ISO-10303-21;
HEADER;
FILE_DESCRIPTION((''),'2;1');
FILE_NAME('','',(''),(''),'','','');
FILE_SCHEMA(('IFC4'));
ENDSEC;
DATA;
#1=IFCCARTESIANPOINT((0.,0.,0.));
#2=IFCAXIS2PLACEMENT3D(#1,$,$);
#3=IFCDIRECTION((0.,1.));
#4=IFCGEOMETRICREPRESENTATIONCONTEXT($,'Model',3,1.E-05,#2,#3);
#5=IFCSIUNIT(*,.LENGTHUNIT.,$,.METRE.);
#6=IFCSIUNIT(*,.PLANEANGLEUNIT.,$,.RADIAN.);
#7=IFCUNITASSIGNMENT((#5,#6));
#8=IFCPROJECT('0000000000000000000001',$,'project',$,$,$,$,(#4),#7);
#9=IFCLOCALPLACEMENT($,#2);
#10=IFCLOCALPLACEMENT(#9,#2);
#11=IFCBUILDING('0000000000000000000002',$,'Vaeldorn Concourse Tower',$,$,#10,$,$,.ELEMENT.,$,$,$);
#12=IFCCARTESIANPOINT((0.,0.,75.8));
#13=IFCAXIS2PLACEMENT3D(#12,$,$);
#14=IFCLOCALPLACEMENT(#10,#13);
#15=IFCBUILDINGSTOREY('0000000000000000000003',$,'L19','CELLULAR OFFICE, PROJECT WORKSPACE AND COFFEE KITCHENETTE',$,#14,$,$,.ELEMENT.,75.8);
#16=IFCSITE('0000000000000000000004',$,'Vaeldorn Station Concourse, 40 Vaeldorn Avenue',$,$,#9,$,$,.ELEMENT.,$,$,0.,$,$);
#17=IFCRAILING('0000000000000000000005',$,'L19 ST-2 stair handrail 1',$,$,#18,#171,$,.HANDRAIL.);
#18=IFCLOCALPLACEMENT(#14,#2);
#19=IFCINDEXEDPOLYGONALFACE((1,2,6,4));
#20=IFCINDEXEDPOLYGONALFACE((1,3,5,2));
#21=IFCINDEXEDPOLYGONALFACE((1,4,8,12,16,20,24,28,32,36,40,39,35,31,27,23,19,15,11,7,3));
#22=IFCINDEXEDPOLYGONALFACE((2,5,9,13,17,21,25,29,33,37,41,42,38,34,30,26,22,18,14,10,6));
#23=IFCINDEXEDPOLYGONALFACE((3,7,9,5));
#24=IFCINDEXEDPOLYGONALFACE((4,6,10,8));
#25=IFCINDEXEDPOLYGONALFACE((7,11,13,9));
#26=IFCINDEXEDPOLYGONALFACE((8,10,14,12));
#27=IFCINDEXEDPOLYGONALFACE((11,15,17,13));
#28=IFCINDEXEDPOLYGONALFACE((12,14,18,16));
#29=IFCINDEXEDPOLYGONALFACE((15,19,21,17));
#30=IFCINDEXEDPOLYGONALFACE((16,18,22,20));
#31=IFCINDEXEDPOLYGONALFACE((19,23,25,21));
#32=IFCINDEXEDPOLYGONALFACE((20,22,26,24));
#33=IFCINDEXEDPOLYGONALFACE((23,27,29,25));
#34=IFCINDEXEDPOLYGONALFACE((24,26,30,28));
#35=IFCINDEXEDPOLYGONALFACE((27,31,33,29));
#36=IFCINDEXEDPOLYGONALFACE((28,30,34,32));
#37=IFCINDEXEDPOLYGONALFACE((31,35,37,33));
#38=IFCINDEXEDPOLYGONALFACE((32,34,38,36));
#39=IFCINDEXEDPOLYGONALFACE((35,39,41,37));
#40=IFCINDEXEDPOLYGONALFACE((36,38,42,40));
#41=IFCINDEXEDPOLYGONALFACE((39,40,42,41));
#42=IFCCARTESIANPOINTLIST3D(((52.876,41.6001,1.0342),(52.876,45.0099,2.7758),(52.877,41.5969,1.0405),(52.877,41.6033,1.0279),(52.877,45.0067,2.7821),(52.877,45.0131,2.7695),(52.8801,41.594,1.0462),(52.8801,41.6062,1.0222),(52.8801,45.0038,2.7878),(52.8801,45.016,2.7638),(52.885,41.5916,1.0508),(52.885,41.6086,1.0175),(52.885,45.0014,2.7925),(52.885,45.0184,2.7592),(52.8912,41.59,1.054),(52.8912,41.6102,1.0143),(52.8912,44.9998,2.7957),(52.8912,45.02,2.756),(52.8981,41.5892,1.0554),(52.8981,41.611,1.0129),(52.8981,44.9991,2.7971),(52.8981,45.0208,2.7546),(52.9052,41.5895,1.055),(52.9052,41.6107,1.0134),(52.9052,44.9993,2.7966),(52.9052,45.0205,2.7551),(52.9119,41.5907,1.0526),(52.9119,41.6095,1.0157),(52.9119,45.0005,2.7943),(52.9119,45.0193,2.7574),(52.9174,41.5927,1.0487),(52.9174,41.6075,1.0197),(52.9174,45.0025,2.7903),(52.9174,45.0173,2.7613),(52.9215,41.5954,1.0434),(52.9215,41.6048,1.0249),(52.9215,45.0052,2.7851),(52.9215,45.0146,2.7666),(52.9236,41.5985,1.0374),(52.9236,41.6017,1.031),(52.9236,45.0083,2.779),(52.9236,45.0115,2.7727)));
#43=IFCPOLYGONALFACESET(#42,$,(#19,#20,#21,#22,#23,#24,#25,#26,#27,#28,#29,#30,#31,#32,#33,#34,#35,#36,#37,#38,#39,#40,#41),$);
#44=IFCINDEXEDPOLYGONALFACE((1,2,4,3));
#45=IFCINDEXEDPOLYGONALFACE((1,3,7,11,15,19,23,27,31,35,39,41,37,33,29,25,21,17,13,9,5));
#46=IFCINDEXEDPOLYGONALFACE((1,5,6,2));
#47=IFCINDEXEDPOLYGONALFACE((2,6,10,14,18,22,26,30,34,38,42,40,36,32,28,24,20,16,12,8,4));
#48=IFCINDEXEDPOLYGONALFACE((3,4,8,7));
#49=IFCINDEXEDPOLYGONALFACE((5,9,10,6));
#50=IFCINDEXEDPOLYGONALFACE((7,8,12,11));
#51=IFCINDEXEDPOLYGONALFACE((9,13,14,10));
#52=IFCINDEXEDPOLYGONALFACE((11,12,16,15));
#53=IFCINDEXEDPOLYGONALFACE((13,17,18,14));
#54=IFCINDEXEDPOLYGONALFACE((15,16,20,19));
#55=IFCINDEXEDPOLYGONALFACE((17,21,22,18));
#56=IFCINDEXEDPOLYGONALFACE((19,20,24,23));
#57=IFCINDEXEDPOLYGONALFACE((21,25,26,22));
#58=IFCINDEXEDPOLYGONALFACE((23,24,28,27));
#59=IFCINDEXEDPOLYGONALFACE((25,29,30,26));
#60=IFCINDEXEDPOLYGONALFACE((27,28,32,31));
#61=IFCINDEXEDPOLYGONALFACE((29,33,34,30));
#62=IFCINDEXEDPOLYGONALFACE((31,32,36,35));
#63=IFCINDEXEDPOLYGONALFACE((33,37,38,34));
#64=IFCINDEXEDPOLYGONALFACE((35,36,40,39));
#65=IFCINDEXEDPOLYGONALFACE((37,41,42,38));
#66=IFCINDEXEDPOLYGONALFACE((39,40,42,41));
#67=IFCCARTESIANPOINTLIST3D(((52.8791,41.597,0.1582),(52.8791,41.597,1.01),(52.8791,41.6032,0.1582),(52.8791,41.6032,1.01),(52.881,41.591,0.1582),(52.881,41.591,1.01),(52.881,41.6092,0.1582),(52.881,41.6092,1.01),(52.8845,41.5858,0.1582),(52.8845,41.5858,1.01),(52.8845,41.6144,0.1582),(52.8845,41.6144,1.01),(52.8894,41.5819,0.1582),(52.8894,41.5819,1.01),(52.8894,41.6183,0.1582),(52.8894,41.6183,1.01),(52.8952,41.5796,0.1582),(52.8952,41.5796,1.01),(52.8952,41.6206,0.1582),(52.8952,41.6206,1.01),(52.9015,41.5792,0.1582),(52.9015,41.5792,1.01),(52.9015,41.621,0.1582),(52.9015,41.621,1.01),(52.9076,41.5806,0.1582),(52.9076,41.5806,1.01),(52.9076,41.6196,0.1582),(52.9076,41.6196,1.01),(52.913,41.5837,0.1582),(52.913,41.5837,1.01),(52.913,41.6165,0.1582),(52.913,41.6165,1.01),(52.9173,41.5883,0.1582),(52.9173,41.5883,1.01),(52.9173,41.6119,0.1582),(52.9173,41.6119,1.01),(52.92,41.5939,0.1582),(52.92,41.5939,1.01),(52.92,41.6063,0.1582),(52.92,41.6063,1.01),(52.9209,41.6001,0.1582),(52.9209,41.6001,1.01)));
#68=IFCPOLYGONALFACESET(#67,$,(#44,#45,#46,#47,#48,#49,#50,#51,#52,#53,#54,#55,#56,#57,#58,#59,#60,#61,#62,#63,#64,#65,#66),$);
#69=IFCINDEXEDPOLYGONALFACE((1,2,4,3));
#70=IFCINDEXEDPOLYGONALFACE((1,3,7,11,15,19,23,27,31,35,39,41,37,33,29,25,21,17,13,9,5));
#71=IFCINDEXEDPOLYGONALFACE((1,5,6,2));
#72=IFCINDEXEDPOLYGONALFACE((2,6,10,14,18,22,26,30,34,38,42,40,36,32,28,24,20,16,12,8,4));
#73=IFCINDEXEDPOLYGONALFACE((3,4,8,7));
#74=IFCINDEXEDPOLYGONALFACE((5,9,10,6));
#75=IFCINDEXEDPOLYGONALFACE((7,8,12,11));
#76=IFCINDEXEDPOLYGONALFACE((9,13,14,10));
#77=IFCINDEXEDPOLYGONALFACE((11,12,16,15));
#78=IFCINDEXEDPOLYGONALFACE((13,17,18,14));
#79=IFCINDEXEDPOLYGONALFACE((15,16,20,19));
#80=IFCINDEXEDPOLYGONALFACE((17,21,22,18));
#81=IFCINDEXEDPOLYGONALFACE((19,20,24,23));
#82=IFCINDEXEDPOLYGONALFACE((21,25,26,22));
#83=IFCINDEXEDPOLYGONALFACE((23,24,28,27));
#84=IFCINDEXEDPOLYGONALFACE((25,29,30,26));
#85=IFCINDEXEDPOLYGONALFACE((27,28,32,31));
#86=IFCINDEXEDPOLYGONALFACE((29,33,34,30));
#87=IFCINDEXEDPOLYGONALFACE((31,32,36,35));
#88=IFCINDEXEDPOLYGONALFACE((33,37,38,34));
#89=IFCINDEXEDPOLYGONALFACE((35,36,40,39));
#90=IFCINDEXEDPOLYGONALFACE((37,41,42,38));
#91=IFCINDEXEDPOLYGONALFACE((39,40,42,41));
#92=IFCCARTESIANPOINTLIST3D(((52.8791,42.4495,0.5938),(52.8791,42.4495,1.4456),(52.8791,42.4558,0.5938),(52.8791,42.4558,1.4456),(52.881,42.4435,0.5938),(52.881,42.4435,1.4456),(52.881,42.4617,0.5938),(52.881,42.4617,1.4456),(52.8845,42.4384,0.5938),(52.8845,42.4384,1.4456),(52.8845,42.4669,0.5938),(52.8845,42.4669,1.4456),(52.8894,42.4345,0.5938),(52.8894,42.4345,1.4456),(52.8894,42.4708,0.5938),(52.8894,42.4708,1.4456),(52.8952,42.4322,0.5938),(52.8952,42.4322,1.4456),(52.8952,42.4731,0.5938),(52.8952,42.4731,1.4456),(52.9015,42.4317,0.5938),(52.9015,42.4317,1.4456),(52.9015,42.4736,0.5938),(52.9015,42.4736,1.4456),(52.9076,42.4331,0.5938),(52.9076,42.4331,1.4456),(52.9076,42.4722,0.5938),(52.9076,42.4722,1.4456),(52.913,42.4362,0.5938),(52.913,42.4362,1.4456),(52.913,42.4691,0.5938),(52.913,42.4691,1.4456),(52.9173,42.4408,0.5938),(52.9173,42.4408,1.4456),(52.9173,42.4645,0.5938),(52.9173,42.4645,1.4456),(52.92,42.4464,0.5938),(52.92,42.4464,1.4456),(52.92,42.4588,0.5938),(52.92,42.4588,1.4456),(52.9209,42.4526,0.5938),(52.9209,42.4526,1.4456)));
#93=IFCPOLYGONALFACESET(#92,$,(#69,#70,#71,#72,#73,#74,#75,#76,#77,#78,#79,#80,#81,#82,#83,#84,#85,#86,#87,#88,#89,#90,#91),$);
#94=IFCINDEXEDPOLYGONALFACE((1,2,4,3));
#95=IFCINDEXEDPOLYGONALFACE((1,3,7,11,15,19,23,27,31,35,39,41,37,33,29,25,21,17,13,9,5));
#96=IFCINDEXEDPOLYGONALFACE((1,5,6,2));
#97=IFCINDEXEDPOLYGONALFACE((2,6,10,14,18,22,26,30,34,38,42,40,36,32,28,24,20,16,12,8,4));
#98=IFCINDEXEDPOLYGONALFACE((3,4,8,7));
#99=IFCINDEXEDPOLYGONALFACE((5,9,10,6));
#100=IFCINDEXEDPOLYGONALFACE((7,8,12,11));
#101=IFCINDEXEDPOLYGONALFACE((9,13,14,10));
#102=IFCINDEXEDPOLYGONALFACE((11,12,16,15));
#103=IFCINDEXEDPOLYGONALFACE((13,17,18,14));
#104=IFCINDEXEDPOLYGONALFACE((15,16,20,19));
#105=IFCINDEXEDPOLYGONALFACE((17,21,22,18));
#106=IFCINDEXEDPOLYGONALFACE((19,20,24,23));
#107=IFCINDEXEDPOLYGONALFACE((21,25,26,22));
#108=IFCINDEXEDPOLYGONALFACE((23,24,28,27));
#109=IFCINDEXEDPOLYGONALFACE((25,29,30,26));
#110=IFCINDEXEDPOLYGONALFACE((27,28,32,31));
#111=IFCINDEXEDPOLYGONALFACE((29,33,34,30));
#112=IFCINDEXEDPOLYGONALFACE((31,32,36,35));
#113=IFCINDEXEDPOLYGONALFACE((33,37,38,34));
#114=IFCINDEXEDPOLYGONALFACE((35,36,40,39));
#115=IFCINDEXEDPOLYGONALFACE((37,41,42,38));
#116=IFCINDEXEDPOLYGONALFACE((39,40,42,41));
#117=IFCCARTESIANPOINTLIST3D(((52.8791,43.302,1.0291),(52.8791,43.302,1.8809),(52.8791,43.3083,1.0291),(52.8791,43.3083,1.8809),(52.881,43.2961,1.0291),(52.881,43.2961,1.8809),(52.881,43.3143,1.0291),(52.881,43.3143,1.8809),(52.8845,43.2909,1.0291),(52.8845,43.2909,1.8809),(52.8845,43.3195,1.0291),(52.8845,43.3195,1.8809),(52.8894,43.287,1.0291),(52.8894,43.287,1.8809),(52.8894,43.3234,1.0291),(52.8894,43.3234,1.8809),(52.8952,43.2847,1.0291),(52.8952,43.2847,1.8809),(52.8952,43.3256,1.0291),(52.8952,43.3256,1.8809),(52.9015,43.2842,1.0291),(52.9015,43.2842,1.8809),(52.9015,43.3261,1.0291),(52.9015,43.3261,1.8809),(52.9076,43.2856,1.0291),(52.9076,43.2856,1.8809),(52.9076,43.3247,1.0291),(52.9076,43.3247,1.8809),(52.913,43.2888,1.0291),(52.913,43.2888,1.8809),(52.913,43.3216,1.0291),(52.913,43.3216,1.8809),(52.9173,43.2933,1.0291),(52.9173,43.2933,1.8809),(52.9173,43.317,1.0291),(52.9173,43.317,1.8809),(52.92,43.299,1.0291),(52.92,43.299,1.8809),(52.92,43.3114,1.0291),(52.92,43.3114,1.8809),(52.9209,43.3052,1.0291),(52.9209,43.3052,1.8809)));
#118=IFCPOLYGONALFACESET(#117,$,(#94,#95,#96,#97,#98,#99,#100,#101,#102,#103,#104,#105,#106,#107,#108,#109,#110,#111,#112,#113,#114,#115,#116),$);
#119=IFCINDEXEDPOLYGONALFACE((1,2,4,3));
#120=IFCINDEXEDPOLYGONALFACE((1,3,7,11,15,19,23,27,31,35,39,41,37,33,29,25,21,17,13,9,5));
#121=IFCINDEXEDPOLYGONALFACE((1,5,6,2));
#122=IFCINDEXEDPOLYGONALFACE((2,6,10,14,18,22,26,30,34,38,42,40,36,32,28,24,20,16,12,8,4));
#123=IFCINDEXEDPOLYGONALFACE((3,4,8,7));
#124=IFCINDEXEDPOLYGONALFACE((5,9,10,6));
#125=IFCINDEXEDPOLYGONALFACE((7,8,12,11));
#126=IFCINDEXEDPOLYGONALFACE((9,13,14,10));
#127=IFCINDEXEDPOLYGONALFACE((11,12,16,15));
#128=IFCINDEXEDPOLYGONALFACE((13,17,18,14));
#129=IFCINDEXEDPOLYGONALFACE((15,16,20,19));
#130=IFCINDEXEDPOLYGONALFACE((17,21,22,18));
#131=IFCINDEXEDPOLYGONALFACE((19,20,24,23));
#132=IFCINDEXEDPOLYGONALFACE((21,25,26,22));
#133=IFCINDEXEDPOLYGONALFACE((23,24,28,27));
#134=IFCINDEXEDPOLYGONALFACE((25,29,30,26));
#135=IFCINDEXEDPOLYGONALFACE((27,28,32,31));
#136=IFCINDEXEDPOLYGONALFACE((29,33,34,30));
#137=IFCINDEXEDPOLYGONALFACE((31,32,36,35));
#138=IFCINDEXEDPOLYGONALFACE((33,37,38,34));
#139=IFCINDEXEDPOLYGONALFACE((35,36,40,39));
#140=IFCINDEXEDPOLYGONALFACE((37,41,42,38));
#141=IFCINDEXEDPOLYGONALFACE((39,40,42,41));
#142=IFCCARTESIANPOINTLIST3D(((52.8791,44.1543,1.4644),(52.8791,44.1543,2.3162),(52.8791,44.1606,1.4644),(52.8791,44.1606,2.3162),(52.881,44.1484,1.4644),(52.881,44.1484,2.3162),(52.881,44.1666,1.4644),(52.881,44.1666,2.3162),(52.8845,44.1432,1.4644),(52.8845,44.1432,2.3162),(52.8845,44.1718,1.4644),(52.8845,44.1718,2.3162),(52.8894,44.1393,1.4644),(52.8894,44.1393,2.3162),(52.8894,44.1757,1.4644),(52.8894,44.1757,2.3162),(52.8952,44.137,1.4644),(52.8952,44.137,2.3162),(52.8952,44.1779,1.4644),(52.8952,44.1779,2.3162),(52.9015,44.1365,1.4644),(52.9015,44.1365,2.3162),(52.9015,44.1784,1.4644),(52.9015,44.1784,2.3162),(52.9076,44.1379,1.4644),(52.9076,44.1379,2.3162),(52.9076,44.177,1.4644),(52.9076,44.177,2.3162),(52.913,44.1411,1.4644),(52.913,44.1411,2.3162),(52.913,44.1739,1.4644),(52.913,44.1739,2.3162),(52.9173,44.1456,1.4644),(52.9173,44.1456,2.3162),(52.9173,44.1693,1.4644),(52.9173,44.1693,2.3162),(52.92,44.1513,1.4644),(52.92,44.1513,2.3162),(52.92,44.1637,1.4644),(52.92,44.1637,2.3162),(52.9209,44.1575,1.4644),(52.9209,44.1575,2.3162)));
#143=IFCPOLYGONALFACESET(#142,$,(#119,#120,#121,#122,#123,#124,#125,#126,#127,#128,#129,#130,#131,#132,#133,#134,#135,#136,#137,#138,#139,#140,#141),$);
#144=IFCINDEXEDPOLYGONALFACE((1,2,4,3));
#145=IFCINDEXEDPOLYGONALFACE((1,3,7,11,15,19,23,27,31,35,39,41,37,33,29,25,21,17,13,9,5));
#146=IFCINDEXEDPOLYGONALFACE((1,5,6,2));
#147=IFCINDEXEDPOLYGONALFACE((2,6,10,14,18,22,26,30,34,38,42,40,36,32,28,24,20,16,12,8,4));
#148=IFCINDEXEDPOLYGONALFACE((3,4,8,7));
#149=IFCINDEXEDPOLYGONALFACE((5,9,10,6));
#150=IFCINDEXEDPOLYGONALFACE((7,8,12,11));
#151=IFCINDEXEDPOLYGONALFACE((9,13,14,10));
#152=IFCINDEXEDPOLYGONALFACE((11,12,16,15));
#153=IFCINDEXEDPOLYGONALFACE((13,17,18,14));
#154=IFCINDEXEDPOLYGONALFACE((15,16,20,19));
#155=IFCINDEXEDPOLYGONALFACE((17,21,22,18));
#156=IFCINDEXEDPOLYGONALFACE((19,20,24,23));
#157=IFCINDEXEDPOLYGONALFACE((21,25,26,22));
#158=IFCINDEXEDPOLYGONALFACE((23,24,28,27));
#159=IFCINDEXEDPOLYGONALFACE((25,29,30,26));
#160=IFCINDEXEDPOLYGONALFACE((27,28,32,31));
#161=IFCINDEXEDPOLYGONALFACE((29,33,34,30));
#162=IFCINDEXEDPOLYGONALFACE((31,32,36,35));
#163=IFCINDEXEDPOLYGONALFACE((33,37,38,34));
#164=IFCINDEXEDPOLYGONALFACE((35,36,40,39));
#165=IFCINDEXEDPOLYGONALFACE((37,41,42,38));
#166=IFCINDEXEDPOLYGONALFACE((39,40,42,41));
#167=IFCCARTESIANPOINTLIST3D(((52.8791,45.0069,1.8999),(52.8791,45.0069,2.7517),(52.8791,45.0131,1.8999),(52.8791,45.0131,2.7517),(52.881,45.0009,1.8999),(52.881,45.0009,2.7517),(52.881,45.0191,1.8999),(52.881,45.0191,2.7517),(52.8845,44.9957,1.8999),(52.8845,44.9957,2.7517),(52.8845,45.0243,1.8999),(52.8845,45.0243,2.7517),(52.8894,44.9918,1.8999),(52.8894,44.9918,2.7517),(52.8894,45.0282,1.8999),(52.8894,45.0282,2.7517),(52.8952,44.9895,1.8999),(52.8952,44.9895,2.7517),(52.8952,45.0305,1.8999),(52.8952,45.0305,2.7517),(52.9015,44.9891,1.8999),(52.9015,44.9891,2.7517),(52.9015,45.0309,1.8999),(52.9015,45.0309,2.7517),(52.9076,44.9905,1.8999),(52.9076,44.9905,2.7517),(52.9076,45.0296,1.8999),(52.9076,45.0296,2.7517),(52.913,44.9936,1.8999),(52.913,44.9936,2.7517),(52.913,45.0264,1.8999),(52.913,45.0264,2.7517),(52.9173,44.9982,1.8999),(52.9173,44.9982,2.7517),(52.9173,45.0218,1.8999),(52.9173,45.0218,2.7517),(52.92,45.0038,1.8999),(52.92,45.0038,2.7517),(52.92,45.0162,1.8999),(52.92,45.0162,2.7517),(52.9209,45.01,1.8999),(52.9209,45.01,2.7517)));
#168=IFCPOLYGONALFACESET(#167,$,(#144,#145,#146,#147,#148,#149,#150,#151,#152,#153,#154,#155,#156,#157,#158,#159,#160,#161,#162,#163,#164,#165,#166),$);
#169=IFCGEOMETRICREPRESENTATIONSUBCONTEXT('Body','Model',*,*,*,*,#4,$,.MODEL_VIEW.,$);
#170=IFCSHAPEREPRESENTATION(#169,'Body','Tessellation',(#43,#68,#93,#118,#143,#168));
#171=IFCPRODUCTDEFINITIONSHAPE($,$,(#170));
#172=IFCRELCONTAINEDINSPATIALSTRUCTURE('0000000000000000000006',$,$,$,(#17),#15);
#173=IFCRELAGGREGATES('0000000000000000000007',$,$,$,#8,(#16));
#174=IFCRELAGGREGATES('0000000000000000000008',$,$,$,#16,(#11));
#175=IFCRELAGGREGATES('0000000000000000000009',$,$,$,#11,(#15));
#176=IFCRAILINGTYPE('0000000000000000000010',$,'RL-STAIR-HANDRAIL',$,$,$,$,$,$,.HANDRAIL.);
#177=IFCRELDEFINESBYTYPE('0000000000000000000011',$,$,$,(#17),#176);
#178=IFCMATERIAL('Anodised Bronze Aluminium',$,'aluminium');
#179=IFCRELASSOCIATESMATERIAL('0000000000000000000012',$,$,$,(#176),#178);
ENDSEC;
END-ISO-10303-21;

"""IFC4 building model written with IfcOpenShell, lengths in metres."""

from ifc_helpers import new_model, si_unit, direction, frame, origin, origin_2d, place, context, subcontext, project, spatial, circle, extrude, material, type_object, element, save


model = new_model("IFC4")

# Units and contexts
model_context = context("Model", 3, precision=1e-05, world=origin(), true_north=direction((0.0, 1.0)))
body_context = subcontext(model_context, "Body", "Model", "MODEL_VIEW")
ifc_project = project(units=[si_unit("LENGTHUNIT", "METRE"), si_unit("PLANEANGLEUNIT", "RADIAN")], contexts=[model_context])

# Site, building, storey
site_placement = place(None, origin())
site = spatial("IfcSite", under=ifc_project, at=site_placement, Name="Vaeldorn Station Concourse, 40 Vaeldorn Avenue", CompositionType="ELEMENT", RefElevation=0.0)
building_placement = place(site_placement, origin())
building = spatial("IfcBuilding", under=site, at=building_placement, Name="Vaeldorn Concourse Tower", CompositionType="ELEMENT")
storey_placement = place(building_placement, frame((0.0, 0.0, 75.8)))
storey = spatial("IfcBuildingStorey", under=building, at=storey_placement, Name="L19", Description="CELLULAR OFFICE, PROJECT WORKSPACE AND COFFEE KITCHENETTE", CompositionType="ELEMENT", Elevation=75.8)

# Shared definitions
ifc_material_1 = material(Name="Anodised Bronze Aluminium", Category="aluminium")

# Railing
railing_type_1 = type_object("IfcRailingType", Name="RL-STAIR-HANDRAIL", PredefinedType="HANDRAIL", material=ifc_material_1)
railing_1_placement = place(storey_placement, frame((52.8999, 41.6001, 0.1582)))
element("IfcRailing", 1, at=railing_1_placement, inside=storey, type_object=railing_type_1, Name="L19 ST-2 stair handrail 1", PredefinedType="HANDRAIL", context=body_context, shape_type="SweptSolid", body=[
    extrude(circle(Radius=0.0239, at=origin_2d()), frame((0.0, 0.0, 0.876), z_axis=(0.0, 0.890556, 0.454874), x_axis=(-1.0, 0.0, 0.0)), (0.0, 0.0, 1.0), 3.8289),
    extrude(circle(Radius=0.021, at=origin_2d()), origin(), (0.0, 0.0, 1.0), 0.8518),
    extrude(circle(Radius=0.021, at=origin_2d()), frame((0.0, 0.8525, 0.4355)), (0.0, 0.0, 1.0), 0.8518),
    extrude(circle(Radius=0.021, at=origin_2d()), frame((0.0, 1.7051, 0.8708)), (0.0, 0.0, 1.0), 0.8518),
    extrude(circle(Radius=0.021, at=origin_2d()), frame((0.0, 2.5574, 1.3062)), (0.0, 0.0, 1.0), 0.8518),
    extrude(circle(Radius=0.021, at=origin_2d()), frame((0.0, 3.4099, 1.7417)), (0.0, 0.0, 1.0), 0.8518),
])

save(model, "model.ifc")
